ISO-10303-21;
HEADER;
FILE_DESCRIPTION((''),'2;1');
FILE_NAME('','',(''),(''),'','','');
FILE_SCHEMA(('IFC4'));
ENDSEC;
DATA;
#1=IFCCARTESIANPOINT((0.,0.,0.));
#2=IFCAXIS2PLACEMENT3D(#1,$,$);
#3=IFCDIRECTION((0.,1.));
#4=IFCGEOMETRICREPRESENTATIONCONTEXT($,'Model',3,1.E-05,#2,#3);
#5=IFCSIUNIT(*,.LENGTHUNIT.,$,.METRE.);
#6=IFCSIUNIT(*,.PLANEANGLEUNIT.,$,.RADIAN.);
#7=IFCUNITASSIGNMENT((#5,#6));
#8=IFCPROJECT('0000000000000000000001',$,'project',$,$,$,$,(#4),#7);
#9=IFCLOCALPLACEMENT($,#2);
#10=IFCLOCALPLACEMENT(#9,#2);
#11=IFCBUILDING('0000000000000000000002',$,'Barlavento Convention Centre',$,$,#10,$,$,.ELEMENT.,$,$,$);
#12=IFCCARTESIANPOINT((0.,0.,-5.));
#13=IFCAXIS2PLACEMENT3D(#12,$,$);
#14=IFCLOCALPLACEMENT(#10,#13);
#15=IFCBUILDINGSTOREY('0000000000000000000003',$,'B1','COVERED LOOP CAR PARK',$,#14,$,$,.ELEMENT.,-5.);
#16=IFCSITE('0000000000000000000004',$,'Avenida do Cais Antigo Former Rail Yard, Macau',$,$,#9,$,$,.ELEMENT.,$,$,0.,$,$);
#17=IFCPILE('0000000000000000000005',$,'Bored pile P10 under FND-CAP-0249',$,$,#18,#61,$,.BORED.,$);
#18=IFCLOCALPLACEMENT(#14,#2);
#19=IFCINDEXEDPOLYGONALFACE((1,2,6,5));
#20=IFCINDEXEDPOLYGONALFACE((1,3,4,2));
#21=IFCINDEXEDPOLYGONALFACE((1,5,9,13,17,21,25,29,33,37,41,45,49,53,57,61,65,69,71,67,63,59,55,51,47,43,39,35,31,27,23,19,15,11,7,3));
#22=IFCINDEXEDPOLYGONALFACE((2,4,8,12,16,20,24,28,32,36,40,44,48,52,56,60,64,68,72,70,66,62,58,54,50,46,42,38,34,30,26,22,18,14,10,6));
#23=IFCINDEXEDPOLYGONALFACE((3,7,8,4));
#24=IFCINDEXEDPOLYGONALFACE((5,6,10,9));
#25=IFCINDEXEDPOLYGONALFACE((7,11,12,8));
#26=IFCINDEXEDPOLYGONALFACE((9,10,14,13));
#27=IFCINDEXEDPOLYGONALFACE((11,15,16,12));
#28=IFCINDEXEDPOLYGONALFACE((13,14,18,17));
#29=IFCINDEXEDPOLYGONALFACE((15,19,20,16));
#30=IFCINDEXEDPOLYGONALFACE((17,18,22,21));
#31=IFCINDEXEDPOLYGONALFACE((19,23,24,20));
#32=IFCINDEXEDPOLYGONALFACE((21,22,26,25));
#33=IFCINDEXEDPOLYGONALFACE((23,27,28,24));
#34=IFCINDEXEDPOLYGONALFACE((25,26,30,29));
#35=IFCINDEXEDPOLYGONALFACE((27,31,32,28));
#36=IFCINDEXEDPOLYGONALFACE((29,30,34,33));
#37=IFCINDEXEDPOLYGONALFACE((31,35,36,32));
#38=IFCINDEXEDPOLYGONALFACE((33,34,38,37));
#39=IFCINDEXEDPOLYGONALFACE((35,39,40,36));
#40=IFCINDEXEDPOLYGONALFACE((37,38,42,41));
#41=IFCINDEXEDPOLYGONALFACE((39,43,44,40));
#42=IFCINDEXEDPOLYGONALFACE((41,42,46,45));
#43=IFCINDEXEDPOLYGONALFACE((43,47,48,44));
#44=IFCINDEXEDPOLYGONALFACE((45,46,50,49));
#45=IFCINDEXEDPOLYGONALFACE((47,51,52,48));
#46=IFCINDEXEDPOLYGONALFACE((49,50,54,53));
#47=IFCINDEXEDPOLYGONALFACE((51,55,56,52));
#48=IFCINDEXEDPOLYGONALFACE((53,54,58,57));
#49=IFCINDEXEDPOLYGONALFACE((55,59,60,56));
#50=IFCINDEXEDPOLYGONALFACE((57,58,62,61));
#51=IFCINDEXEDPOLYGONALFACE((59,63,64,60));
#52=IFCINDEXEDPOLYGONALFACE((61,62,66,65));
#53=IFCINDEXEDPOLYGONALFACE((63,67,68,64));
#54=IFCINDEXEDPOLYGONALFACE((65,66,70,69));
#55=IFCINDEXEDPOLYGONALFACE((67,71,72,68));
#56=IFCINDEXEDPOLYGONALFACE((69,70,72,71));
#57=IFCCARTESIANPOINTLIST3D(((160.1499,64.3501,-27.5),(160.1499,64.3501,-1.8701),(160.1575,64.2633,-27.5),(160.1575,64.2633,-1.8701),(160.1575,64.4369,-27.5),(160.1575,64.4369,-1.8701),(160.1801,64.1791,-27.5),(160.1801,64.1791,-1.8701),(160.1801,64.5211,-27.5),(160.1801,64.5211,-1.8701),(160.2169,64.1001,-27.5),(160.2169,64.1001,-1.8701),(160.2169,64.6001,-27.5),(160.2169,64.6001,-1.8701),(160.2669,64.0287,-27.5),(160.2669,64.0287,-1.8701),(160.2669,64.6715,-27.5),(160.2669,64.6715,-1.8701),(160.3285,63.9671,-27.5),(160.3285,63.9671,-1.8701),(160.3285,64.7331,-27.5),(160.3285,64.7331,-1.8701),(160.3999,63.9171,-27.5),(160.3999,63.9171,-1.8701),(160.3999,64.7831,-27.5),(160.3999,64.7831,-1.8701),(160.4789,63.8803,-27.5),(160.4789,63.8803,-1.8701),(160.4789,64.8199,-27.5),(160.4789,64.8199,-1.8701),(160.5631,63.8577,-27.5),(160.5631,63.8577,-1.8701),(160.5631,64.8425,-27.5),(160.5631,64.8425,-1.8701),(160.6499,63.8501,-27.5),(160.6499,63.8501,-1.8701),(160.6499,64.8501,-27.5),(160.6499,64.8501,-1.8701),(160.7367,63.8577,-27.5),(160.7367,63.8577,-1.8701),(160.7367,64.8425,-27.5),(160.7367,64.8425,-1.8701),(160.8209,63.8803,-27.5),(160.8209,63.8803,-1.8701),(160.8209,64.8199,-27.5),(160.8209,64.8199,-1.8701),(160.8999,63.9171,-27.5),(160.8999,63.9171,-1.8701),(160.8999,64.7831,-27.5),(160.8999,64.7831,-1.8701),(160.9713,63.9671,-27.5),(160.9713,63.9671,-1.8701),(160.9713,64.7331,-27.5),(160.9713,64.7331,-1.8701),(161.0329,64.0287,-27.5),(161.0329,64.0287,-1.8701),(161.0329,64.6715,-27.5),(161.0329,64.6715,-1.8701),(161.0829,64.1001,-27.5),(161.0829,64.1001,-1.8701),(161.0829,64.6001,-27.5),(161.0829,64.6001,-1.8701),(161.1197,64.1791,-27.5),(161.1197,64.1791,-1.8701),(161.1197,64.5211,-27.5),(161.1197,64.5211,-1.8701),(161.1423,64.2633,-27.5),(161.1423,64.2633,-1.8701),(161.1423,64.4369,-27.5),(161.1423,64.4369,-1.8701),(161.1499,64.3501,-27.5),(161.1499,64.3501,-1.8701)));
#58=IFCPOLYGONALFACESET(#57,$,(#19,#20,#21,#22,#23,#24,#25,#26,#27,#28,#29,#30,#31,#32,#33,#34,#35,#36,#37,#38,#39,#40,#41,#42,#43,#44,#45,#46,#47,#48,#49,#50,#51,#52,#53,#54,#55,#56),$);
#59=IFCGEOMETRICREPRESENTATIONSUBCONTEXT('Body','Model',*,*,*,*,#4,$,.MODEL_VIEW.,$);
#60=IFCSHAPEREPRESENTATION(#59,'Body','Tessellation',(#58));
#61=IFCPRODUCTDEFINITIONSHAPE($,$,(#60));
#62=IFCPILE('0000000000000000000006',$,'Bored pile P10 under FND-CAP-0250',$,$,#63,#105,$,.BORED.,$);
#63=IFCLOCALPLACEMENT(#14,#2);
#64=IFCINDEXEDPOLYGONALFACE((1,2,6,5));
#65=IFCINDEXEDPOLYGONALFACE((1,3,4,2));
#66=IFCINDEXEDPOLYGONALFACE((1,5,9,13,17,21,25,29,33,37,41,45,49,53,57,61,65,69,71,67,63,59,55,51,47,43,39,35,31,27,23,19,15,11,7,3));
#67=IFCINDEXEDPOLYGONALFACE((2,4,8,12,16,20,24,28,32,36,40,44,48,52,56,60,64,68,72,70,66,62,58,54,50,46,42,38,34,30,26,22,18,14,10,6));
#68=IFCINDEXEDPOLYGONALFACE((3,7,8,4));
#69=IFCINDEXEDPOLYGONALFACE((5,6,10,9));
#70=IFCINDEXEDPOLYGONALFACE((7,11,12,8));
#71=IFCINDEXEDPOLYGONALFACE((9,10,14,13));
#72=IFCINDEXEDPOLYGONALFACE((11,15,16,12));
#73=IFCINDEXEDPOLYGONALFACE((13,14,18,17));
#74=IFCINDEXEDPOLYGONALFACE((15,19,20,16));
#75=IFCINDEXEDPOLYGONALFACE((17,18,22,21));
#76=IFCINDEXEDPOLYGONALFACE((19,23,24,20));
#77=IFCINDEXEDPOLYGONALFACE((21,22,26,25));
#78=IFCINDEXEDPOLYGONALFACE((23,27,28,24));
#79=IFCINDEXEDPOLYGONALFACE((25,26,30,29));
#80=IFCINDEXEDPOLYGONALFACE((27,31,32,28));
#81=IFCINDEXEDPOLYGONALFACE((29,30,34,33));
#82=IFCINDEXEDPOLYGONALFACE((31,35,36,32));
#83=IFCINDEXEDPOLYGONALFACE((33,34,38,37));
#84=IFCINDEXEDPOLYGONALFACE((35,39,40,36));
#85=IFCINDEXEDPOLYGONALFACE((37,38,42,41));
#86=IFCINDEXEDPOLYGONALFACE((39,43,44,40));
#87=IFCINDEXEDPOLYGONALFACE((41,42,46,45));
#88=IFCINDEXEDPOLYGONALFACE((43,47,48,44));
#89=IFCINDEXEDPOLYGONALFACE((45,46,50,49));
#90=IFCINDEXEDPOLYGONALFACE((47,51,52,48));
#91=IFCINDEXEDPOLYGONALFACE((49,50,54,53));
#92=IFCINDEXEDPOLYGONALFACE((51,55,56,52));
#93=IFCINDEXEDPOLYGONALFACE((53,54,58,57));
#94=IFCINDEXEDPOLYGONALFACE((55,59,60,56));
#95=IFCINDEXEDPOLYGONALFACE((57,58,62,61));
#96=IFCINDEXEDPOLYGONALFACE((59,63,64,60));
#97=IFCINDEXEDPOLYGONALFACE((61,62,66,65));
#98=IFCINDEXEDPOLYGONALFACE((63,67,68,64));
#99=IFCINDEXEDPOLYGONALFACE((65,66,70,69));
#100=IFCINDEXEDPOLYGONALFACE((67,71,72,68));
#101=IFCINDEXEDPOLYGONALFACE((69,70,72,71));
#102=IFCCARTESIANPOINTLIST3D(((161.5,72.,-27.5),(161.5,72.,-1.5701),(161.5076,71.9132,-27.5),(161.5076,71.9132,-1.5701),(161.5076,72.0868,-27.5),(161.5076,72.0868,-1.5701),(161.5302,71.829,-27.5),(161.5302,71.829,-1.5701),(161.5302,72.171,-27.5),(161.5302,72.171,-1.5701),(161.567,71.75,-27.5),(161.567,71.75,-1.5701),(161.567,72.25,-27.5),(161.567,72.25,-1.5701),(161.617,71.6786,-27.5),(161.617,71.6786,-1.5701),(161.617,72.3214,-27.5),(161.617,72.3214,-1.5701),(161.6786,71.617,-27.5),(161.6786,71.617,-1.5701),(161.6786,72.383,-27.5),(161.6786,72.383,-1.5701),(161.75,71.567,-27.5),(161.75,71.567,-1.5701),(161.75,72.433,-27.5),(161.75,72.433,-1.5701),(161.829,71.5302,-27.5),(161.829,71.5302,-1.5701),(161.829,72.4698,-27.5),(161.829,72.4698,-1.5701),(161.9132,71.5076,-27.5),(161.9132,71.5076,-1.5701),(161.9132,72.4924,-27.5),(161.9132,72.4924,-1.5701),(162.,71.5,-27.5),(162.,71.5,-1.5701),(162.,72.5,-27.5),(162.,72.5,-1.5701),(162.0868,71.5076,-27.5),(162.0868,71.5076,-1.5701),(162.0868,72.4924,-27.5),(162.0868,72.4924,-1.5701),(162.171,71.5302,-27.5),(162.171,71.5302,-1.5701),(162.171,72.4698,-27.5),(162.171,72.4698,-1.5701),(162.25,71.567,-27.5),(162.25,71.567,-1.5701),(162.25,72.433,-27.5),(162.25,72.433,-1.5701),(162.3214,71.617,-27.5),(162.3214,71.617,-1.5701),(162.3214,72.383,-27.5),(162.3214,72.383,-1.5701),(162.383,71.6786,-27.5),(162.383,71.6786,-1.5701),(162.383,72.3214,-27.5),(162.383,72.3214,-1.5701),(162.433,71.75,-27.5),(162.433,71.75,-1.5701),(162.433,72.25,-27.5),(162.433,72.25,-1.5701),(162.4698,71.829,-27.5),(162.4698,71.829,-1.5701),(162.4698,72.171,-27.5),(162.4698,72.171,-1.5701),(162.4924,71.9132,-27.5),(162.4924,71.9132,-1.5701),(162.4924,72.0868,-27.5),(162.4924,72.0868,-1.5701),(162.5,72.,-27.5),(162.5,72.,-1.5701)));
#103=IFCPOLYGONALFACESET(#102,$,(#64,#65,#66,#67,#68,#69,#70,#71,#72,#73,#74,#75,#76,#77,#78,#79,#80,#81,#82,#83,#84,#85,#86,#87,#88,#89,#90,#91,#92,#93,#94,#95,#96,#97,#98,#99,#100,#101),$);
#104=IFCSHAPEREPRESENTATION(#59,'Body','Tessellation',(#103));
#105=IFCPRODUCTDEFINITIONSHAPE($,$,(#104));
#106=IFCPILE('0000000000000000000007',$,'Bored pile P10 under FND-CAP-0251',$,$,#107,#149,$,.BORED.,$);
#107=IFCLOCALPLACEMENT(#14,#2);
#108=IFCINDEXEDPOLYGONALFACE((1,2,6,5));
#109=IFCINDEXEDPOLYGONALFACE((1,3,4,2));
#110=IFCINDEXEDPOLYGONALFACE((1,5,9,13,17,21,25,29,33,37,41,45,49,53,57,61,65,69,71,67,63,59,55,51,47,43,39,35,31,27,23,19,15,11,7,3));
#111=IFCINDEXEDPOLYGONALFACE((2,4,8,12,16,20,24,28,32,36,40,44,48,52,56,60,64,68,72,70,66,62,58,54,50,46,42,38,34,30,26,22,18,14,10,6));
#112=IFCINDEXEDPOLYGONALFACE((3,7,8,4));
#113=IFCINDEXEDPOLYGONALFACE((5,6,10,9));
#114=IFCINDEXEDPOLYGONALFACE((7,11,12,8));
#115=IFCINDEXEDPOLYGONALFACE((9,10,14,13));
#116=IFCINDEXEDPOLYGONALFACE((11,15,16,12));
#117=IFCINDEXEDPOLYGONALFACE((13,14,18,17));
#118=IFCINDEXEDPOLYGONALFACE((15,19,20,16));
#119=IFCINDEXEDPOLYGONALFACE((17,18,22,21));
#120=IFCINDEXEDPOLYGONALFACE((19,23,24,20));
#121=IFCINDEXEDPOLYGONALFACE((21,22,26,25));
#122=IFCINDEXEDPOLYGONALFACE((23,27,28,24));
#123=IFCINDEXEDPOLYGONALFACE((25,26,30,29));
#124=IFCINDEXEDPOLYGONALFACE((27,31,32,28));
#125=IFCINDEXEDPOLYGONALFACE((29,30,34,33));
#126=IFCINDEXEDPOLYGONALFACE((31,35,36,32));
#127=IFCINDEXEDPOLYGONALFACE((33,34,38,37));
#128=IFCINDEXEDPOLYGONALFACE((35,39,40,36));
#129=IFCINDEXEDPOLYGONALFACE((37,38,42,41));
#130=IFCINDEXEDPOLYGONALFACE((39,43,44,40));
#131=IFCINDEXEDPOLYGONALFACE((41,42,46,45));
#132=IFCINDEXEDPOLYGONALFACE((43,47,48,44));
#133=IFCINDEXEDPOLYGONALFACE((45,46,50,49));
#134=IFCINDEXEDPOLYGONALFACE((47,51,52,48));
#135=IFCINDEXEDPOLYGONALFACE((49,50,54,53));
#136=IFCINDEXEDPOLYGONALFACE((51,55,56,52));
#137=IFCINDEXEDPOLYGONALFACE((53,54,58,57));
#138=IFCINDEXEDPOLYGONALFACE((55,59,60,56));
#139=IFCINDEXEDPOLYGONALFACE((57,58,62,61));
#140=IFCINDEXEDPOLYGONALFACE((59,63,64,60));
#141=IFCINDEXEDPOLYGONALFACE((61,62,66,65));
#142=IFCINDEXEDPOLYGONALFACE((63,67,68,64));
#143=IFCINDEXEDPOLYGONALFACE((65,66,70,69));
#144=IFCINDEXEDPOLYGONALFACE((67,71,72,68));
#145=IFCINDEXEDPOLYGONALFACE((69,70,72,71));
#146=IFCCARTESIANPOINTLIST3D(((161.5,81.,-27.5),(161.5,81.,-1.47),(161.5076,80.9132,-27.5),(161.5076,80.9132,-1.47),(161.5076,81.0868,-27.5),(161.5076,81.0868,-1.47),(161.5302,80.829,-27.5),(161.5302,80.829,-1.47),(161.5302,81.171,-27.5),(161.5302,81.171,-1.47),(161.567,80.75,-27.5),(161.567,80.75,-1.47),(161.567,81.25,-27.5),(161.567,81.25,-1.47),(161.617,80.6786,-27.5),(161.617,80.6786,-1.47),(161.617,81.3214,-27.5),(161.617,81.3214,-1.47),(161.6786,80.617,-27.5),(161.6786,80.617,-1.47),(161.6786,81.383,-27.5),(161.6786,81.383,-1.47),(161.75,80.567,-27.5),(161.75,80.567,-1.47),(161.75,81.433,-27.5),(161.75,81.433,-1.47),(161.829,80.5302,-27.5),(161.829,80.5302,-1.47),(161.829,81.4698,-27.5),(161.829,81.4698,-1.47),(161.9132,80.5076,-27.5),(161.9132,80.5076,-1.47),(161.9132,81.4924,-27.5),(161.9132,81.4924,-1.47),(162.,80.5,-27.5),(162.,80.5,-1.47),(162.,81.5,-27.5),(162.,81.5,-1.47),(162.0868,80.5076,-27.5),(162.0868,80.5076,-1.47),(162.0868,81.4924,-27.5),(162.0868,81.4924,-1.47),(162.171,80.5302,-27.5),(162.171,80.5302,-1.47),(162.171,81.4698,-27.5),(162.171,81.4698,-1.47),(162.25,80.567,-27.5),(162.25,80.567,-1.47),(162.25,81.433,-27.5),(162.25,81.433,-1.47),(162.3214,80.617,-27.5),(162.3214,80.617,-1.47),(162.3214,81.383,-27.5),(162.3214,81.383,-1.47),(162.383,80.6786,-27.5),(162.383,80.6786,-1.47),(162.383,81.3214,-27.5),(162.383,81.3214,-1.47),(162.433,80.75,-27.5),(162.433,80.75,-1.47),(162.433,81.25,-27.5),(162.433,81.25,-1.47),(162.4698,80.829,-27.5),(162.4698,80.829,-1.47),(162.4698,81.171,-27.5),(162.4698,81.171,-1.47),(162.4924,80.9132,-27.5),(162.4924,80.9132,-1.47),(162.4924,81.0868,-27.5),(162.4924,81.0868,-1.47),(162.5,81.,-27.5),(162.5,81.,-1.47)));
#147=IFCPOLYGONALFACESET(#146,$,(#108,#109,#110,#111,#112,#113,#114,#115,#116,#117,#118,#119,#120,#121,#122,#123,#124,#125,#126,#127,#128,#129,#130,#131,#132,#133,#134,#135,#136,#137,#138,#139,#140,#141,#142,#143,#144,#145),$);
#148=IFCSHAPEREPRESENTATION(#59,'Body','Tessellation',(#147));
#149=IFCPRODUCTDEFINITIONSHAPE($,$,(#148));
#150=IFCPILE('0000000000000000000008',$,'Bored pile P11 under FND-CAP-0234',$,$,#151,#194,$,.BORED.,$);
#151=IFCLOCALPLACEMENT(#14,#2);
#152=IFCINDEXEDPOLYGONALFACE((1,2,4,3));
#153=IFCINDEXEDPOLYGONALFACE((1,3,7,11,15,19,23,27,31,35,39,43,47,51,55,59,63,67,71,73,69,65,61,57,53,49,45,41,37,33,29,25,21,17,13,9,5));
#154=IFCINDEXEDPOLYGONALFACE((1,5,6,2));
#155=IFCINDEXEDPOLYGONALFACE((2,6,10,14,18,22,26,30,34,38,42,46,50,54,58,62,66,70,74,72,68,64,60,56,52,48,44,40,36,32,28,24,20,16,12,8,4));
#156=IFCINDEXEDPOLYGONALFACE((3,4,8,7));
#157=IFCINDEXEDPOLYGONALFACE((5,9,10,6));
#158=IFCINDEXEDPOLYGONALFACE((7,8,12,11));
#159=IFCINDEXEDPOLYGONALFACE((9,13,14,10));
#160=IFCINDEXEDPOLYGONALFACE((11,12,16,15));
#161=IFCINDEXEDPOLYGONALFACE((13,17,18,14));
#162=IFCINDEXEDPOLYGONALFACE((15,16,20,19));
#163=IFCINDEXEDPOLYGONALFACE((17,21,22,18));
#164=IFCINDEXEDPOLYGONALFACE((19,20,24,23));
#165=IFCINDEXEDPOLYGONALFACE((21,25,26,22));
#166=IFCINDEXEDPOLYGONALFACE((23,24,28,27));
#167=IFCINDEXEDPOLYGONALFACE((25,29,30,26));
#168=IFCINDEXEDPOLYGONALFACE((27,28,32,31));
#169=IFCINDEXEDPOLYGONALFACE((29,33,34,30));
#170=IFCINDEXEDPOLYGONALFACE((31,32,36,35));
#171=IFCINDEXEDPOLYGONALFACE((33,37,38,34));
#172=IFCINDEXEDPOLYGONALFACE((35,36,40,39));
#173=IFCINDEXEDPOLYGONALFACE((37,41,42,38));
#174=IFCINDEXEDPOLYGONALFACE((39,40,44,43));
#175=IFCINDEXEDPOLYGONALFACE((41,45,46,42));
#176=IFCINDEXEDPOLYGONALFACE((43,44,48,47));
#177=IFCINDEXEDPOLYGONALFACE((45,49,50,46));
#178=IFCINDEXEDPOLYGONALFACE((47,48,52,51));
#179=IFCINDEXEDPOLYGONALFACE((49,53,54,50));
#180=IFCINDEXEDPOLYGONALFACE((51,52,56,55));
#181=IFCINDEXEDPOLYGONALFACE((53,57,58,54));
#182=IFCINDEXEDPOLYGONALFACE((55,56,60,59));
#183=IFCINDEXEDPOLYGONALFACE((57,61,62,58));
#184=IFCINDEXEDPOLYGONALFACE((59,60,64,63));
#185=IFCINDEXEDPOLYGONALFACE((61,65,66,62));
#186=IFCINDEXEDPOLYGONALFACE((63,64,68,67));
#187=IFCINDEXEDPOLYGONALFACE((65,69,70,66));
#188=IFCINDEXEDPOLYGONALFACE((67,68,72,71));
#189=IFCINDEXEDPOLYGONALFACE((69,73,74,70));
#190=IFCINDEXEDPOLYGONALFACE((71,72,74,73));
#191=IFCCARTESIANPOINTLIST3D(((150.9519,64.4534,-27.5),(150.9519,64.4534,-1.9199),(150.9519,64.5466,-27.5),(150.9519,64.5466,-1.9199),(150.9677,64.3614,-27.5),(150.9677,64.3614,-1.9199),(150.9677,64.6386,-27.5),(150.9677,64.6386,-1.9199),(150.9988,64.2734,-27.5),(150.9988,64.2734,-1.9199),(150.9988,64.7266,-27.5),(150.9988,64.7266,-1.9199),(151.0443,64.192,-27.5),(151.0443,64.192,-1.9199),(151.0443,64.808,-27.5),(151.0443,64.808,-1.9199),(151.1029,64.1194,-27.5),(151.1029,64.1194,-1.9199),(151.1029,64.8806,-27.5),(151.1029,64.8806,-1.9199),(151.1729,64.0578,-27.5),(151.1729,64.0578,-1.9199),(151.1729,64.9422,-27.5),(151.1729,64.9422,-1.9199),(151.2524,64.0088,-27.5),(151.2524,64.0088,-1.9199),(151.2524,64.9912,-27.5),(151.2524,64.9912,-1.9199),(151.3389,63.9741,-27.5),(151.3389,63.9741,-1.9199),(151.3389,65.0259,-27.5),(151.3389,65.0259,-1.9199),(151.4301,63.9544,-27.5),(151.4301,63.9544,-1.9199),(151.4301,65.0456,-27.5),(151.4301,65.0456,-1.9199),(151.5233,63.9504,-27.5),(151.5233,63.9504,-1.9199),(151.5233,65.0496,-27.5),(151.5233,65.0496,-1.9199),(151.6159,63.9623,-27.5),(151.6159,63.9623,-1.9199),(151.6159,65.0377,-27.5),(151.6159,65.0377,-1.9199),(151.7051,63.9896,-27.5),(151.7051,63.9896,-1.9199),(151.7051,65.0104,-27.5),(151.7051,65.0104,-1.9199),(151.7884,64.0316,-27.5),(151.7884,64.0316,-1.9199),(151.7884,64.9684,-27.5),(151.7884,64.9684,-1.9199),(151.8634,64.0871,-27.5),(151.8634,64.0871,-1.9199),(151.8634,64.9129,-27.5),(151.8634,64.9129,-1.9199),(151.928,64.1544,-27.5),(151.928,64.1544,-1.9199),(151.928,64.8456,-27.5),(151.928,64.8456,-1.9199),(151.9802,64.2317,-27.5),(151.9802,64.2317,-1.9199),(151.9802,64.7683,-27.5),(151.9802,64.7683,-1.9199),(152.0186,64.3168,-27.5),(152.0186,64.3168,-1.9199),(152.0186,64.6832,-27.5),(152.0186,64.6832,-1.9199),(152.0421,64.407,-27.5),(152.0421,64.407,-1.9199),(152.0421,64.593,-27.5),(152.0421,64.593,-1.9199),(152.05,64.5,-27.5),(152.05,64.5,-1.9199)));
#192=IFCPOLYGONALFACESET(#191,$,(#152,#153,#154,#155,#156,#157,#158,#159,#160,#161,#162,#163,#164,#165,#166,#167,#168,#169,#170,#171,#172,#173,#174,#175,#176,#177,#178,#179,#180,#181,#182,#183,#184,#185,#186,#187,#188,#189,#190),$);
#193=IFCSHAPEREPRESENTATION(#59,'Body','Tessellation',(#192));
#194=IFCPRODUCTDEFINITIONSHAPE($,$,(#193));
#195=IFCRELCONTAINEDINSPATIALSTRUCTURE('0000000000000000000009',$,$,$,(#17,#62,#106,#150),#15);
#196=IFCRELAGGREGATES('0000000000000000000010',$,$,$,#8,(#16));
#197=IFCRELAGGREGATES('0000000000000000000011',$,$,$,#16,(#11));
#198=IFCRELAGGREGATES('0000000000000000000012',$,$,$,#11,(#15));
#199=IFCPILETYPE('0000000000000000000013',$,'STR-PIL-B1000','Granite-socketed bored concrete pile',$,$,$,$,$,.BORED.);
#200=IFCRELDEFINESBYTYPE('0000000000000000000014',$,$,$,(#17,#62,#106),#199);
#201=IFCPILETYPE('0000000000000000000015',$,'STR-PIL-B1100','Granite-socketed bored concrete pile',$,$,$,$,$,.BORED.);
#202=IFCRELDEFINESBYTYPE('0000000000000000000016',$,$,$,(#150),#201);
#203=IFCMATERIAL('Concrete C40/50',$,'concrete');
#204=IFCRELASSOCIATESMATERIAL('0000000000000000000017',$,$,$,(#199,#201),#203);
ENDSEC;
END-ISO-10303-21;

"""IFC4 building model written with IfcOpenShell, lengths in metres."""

from ifc_helpers import new_model, si_unit, direction, frame, origin, origin_2d, place, context, subcontext, project, spatial, circle, extrude, material, material_profile, profile_set, type_object, element, save


model = new_model("IFC4")

# Units and contexts
model_context = context("Model", 3, precision=1e-05, world=origin(), true_north=direction((0.0, 1.0)))
body_context = subcontext(model_context, "Body", "Model", "MODEL_VIEW")
ifc_project = project(units=[si_unit("LENGTHUNIT", "METRE"), si_unit("PLANEANGLEUNIT", "RADIAN")], contexts=[model_context])

# Site, building, storey
site_placement = place(None, origin())
site = spatial("IfcSite", under=ifc_project, at=site_placement, Name="Avenida do Cais Antigo Former Rail Yard, Macau", CompositionType="ELEMENT", RefElevation=0.0)
building_placement = place(site_placement, origin())
building = spatial("IfcBuilding", under=site, at=building_placement, Name="Barlavento Convention Centre", CompositionType="ELEMENT")
storey_placement = place(building_placement, frame((0.0, 0.0, -5.0)))
storey = spatial("IfcBuildingStorey", under=building, at=storey_placement, Name="B1", Description="COVERED LOOP CAR PARK", CompositionType="ELEMENT", Elevation=-5.0)

# Shared definitions
ifc_material_1 = material(Name="Concrete C40/50", Category="concrete")

# Piles
ifc_material_profile_1 = material_profile(ifc_material_1, circle(Radius=0.5, at=origin_2d()), Name="BORED PILE 1000")
ifc_profile_set_1 = profile_set([ifc_material_profile_1], Name="Concrete C40/50")
pile_type_1 = type_object("IfcPileType", Name="STR-PIL-B1000", Description="Granite-socketed bored concrete pile", PredefinedType="BORED", material=ifc_profile_set_1)
pile_1_placement = place(storey_placement, frame((160.6499, 64.3501, -1.8701), z_axis=(0.0, 0.0, -1.0), x_axis=(1.0, 0.0, 0.0)))
element("IfcPile", 1, at=pile_1_placement, inside=storey, type_object=pile_type_1, Name="Bored pile P10 under FND-CAP-0249", PredefinedType="BORED", context=body_context, shape_type="SweptSolid", body=[
    extrude(circle(Radius=0.5, at=origin_2d()), origin(), (0.0, 0.0, 1.0), 25.6299),
])
pile_2_placement = place(storey_placement, frame((162.0, 72.0, -1.5701), z_axis=(0.0, 0.0, -1.0), x_axis=(1.0, 0.0, 0.0)))
element("IfcPile", 2, at=pile_2_placement, inside=storey, type_object=pile_type_1, Name="Bored pile P10 under FND-CAP-0250", PredefinedType="BORED", context=body_context, shape_type="SweptSolid", body=[
    extrude(circle(Radius=0.5, at=origin_2d()), origin(), (0.0, 0.0, 1.0), 25.9299),
])
pile_3_placement = place(storey_placement, frame((162.0, 81.0, -1.47), z_axis=(0.0, 0.0, -1.0), x_axis=(1.0, 0.0, 0.0)))
element("IfcPile", 3, at=pile_3_placement, inside=storey, type_object=pile_type_1, Name="Bored pile P10 under FND-CAP-0251", PredefinedType="BORED", context=body_context, shape_type="SweptSolid", body=[
    extrude(circle(Radius=0.5, at=origin_2d()), origin(), (0.0, 0.0, 1.0), 26.03),
])
ifc_material_profile_2 = material_profile(ifc_material_1, circle(Radius=0.55, at=origin_2d()), Name="BORED PILE 1100")
ifc_profile_set_2 = profile_set([ifc_material_profile_2], Name="Concrete C40/50")
pile_type_2 = type_object("IfcPileType", Name="STR-PIL-B1100", Description="Granite-socketed bored concrete pile", PredefinedType="BORED", material=ifc_profile_set_2)
for number, where, z_axis, x_axis, name in (
    (4, (151.5, 64.5, -1.9199), (0.0, 0.0, -1.0), (1.0, 0.0, 0.0), "Bored pile P11 under FND-CAP-0234"),
):
    element("IfcPile", number, at=place(storey_placement, frame(where, z_axis=z_axis, x_axis=x_axis)), inside=storey, type_object=pile_type_2, Name=name, PredefinedType="BORED", context=body_context, shape_type="SweptSolid", body=[
        extrude(circle(Radius=0.55, at=origin_2d()), origin(), (0.0, 0.0, 1.0), 25.5801),
    ])

save(model, "model.ifc")
